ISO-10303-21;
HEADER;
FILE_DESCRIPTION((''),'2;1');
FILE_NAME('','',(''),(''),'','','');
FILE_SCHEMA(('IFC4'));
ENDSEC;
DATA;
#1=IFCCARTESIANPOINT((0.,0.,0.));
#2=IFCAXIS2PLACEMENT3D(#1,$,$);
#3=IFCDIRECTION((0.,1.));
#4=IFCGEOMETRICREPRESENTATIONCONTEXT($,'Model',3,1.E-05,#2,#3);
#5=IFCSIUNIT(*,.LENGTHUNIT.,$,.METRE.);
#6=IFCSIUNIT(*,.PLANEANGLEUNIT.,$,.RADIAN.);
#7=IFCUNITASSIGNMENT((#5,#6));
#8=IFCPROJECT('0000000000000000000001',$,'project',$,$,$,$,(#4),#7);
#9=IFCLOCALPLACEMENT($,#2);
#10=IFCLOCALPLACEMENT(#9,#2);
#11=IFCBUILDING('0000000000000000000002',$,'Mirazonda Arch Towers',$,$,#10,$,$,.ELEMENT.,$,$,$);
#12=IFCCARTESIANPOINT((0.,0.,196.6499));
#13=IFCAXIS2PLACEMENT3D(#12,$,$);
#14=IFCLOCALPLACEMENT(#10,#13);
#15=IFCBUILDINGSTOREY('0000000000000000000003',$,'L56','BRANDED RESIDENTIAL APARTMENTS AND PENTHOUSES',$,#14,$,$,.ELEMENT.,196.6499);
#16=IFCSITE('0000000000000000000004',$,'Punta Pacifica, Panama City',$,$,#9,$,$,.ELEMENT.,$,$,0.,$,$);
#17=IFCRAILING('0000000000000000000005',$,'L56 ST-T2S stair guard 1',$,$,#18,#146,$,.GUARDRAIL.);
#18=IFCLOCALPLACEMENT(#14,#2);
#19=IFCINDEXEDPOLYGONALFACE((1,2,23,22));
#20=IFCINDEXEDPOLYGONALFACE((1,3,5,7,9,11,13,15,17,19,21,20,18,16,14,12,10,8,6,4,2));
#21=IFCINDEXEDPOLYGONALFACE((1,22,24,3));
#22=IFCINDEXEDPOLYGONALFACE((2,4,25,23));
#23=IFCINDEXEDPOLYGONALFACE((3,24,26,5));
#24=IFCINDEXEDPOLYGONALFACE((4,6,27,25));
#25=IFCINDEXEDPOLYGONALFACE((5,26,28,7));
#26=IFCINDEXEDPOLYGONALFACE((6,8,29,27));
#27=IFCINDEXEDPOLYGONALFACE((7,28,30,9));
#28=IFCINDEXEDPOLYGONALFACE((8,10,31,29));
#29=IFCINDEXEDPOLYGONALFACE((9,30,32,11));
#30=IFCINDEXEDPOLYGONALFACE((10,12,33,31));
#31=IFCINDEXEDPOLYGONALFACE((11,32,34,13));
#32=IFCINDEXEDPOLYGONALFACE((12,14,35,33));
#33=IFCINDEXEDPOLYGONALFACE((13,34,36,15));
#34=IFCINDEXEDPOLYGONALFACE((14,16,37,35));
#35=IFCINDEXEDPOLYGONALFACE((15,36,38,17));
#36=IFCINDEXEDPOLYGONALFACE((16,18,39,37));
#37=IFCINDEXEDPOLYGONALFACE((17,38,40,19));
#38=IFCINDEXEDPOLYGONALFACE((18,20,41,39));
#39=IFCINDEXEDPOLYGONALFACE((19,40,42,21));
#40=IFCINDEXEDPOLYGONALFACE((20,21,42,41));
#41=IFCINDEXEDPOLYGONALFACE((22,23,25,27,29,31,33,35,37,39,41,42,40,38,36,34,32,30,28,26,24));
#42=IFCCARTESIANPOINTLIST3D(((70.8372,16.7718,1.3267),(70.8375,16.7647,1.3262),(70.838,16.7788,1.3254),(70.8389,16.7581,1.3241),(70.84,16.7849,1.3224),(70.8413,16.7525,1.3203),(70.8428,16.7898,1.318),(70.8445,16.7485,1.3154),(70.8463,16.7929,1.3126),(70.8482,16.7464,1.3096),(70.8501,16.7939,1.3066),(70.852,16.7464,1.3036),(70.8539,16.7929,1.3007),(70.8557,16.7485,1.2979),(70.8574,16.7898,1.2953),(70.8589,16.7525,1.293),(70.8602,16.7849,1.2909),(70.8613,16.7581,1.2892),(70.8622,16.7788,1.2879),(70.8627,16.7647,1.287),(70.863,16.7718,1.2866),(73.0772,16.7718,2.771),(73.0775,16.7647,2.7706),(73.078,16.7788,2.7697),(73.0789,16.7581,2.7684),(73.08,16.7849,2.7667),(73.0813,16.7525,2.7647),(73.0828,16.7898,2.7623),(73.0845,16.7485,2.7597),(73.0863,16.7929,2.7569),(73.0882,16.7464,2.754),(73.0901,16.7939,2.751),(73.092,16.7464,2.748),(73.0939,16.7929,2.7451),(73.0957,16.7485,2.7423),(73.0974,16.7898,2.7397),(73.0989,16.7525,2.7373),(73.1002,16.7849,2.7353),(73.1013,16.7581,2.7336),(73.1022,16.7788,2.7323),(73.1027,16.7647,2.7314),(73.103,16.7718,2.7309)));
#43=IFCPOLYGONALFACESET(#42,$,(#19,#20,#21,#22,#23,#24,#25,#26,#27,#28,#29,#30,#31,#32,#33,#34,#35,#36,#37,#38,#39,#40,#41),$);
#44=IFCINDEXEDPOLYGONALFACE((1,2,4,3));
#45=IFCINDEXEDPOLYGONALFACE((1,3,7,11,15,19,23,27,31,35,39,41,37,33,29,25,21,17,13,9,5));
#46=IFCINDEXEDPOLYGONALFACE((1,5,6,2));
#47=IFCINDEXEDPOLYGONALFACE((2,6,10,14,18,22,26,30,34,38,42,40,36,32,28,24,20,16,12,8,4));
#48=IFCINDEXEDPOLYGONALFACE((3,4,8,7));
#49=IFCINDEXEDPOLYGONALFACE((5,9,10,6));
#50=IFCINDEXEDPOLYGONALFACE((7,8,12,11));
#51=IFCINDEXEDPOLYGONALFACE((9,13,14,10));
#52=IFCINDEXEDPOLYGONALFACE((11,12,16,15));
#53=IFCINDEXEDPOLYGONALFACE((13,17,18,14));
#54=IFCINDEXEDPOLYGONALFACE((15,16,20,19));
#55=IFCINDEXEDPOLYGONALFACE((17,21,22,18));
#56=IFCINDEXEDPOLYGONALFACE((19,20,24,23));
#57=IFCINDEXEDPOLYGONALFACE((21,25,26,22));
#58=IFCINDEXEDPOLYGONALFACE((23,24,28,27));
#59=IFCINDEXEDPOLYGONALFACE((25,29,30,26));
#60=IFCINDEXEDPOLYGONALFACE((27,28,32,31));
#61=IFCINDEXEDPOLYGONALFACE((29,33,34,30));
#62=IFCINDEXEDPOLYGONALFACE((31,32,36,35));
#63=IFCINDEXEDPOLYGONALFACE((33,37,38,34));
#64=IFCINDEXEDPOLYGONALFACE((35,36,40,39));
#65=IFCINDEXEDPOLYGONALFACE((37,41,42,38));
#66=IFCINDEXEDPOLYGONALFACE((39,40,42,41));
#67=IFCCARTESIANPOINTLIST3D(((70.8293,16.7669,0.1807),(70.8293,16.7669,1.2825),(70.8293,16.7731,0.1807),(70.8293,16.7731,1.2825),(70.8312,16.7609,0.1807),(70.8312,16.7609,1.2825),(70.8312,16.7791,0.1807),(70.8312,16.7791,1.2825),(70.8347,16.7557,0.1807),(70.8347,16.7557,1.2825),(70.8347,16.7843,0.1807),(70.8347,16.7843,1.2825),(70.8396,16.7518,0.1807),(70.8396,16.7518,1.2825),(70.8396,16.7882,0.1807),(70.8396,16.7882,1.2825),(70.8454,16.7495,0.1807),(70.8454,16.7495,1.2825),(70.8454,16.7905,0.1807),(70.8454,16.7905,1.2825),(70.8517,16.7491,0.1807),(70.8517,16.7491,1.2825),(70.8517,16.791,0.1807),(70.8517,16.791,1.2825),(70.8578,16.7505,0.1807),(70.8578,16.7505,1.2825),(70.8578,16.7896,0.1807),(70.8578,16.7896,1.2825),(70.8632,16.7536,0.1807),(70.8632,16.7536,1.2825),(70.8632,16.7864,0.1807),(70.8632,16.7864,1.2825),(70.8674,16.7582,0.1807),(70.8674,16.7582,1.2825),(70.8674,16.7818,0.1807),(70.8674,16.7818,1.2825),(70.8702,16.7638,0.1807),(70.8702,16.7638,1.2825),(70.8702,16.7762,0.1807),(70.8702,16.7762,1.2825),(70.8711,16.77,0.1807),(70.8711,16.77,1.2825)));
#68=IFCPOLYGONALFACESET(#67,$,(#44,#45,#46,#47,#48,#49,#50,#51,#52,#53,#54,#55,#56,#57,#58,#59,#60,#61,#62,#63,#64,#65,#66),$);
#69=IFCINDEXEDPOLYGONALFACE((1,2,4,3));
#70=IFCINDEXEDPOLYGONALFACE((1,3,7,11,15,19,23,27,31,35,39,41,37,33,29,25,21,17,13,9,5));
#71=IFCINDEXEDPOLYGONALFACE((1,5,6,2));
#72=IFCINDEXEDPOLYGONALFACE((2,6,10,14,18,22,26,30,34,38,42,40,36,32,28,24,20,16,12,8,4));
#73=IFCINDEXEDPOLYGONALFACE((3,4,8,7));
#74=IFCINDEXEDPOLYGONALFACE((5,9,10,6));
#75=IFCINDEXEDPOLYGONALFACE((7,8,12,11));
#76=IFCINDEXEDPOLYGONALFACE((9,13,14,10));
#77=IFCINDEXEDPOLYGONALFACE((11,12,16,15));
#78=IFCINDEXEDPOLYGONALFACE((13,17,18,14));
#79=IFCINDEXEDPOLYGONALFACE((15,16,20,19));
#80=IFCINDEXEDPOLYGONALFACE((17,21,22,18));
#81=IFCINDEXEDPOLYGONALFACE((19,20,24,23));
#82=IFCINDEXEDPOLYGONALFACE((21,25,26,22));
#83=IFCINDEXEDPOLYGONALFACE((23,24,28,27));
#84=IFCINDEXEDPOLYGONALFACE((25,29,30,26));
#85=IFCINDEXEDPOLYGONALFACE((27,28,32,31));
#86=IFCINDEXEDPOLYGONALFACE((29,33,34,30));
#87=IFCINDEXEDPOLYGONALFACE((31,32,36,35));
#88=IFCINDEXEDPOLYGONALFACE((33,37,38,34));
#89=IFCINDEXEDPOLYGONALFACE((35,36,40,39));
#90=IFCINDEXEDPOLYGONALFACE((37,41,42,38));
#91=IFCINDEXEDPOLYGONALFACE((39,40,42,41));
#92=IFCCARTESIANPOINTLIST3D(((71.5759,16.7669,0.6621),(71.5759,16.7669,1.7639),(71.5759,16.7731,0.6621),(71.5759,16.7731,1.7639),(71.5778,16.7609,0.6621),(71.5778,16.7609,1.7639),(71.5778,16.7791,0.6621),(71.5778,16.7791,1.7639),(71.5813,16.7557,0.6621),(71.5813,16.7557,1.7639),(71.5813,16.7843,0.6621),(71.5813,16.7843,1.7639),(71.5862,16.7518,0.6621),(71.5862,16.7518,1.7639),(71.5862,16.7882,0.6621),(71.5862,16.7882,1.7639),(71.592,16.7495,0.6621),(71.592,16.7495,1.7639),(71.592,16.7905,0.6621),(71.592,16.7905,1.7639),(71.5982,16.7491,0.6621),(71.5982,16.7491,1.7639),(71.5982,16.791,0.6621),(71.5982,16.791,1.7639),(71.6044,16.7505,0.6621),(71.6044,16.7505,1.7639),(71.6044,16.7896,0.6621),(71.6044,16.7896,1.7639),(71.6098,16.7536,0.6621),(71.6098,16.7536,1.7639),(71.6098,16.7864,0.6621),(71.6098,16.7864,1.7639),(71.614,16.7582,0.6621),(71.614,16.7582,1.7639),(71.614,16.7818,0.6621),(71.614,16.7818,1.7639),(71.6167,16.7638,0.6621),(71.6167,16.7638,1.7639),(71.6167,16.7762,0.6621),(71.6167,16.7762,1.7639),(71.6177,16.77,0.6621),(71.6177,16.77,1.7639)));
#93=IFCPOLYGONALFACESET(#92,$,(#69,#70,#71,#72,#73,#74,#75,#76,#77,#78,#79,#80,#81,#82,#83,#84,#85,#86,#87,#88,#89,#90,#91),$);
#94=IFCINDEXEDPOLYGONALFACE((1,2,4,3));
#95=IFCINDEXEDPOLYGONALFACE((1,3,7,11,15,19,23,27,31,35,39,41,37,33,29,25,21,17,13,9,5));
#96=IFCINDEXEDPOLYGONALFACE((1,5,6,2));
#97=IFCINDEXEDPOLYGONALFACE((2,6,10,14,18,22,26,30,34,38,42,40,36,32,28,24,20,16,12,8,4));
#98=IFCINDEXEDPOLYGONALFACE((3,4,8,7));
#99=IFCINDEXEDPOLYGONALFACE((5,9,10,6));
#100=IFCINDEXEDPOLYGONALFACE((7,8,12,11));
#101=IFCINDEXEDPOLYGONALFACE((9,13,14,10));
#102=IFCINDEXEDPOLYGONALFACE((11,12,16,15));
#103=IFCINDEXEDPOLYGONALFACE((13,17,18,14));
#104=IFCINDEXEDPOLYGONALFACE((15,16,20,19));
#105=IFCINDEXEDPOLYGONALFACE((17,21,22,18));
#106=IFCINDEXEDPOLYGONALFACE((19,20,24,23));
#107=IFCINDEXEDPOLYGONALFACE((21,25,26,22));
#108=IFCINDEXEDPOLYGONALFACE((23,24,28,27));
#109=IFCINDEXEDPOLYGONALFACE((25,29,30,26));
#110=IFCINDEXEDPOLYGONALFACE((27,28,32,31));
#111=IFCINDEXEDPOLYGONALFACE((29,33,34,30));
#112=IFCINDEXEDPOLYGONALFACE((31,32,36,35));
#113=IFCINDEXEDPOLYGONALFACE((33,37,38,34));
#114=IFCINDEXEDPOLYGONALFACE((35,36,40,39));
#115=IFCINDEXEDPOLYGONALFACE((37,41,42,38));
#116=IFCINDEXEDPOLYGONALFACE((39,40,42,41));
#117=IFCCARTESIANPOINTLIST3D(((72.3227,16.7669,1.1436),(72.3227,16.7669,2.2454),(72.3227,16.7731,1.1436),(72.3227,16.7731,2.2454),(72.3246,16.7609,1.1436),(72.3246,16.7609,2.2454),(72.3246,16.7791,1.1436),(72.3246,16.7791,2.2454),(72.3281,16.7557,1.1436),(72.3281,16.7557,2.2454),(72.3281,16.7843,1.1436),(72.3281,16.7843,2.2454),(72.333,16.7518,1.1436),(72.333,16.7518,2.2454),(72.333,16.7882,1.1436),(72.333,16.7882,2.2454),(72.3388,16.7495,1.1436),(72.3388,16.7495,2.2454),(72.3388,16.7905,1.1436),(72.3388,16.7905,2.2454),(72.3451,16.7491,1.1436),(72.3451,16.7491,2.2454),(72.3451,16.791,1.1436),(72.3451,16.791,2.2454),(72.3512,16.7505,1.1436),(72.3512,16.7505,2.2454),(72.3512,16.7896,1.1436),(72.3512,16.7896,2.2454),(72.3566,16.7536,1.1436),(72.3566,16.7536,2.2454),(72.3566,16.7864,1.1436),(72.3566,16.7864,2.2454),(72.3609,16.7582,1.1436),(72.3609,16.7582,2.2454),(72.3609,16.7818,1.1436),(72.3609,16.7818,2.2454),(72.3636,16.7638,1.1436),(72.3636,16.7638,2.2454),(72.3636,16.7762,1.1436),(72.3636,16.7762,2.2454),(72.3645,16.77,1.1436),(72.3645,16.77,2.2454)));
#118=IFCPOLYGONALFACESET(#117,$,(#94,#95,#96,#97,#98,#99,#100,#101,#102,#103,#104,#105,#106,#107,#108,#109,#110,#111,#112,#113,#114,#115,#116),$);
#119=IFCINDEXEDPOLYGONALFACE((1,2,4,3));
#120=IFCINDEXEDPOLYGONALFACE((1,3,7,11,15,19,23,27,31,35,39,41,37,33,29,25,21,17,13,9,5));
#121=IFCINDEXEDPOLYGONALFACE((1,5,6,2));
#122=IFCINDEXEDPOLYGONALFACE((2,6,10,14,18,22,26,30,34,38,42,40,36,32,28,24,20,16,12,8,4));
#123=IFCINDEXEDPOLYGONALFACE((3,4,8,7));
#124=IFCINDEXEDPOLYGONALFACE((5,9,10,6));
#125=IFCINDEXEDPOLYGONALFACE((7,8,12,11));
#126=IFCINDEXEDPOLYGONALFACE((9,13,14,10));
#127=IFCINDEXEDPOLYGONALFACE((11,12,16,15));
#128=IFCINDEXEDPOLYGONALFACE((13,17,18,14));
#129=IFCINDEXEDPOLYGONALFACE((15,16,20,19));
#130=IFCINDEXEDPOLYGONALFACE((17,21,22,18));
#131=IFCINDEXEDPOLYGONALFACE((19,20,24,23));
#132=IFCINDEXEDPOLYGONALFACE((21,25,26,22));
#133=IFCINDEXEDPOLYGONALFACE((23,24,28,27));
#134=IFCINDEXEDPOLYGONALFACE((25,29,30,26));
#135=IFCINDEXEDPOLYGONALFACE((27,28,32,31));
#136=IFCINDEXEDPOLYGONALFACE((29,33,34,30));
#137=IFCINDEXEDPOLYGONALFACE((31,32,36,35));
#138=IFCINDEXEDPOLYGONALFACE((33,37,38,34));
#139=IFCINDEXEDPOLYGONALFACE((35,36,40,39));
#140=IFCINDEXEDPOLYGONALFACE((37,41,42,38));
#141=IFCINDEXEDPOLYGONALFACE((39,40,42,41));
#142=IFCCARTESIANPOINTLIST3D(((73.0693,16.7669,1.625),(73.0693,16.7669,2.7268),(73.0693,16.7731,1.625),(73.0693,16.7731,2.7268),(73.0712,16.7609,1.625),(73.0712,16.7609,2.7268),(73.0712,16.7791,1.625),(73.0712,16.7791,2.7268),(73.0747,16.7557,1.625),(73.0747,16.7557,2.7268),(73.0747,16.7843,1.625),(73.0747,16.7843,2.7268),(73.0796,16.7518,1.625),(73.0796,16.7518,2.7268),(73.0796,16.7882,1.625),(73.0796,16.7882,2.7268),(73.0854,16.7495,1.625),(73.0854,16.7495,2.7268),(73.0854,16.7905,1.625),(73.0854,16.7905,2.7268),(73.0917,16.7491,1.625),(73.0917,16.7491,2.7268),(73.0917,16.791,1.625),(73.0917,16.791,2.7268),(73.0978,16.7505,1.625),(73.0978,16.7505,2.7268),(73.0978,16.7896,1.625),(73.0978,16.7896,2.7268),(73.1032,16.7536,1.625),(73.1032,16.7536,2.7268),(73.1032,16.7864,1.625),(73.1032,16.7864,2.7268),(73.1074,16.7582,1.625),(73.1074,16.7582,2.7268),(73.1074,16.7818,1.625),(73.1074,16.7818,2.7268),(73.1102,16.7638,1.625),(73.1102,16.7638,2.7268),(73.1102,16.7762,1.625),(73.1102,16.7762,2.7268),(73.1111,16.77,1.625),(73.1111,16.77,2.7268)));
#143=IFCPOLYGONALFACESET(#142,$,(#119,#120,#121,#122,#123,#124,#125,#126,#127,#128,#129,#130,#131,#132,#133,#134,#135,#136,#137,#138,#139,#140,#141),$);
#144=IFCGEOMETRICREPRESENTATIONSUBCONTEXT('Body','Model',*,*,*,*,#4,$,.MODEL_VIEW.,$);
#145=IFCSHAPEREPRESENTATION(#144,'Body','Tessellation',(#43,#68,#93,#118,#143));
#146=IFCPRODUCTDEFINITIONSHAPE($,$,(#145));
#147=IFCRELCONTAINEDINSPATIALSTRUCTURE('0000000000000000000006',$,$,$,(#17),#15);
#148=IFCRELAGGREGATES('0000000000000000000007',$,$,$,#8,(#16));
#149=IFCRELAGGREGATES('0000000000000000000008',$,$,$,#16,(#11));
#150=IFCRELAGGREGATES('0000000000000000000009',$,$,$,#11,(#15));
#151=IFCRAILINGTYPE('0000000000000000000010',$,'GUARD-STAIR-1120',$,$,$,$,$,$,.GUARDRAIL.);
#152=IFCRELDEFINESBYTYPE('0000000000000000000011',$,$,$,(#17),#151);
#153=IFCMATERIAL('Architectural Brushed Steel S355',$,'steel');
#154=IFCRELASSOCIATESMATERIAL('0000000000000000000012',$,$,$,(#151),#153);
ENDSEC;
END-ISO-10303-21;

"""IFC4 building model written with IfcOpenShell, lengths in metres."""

from ifc_helpers import new_model, si_unit, direction, frame, origin, origin_2d, place, context, subcontext, project, spatial, circle, extrude, material, type_object, element, save


model = new_model("IFC4")

# Units and contexts
model_context = context("Model", 3, precision=1e-05, world=origin(), true_north=direction((0.0, 1.0)))
body_context = subcontext(model_context, "Body", "Model", "MODEL_VIEW")
ifc_project = project(units=[si_unit("LENGTHUNIT", "METRE"), si_unit("PLANEANGLEUNIT", "RADIAN")], contexts=[model_context])

# Site, building, storey
site_placement = place(None, origin())
site = spatial("IfcSite", under=ifc_project, at=site_placement, Name="Punta Pacifica, Panama City", CompositionType="ELEMENT", RefElevation=0.0)
building_placement = place(site_placement, origin())
building = spatial("IfcBuilding", under=site, at=building_placement, Name="Mirazonda Arch Towers", CompositionType="ELEMENT")
storey_placement = place(building_placement, frame((0.0, 0.0, 196.6499)))
storey = spatial("IfcBuildingStorey", under=building, at=storey_placement, Name="L56", Description="BRANDED RESIDENTIAL APARTMENTS AND PENTHOUSES", CompositionType="ELEMENT", Elevation=196.6499)

# Railing
ifc_material_1 = material(Name="Architectural Brushed Steel S355", Category="steel")
railing_type_1 = type_object("IfcRailingType", Name="GUARD-STAIR-1120", PredefinedType="GUARDRAIL", material=ifc_material_1)
railing_1_placement = place(storey_placement, frame((70.8501, 16.77, 0.1807)))
element("IfcRailing", 1, at=railing_1_placement, inside=storey, type_object=railing_type_1, Name="L56 ST-T2S stair guard 1", PredefinedType="GUARDRAIL", context=body_context, shape_type="SweptSolid", body=[
    extrude(circle(Radius=0.0239, at=origin_2d()), frame((0.0, 0.0, 1.126), z_axis=(0.840437, 0.0, 0.54191), x_axis=(0.0, 1.0, 0.0)), (0.0, 0.0, 1.0), 2.6653),
    extrude(circle(Radius=0.021, at=origin_2d()), origin(), (0.0, 0.0, 1.0), 1.1018),
    extrude(circle(Radius=0.021, at=origin_2d()), frame((0.7466, 0.0, 0.4814)), (0.0, 0.0, 1.0), 1.1018),
    extrude(circle(Radius=0.021, at=origin_2d()), frame((1.4934, 0.0, 0.9629)), (0.0, 0.0, 1.0), 1.1018),
    extrude(circle(Radius=0.021, at=origin_2d()), frame((2.24, 0.0, 1.4443)), (0.0, 0.0, 1.0), 1.1018),
])

save(model, "model.ifc")
